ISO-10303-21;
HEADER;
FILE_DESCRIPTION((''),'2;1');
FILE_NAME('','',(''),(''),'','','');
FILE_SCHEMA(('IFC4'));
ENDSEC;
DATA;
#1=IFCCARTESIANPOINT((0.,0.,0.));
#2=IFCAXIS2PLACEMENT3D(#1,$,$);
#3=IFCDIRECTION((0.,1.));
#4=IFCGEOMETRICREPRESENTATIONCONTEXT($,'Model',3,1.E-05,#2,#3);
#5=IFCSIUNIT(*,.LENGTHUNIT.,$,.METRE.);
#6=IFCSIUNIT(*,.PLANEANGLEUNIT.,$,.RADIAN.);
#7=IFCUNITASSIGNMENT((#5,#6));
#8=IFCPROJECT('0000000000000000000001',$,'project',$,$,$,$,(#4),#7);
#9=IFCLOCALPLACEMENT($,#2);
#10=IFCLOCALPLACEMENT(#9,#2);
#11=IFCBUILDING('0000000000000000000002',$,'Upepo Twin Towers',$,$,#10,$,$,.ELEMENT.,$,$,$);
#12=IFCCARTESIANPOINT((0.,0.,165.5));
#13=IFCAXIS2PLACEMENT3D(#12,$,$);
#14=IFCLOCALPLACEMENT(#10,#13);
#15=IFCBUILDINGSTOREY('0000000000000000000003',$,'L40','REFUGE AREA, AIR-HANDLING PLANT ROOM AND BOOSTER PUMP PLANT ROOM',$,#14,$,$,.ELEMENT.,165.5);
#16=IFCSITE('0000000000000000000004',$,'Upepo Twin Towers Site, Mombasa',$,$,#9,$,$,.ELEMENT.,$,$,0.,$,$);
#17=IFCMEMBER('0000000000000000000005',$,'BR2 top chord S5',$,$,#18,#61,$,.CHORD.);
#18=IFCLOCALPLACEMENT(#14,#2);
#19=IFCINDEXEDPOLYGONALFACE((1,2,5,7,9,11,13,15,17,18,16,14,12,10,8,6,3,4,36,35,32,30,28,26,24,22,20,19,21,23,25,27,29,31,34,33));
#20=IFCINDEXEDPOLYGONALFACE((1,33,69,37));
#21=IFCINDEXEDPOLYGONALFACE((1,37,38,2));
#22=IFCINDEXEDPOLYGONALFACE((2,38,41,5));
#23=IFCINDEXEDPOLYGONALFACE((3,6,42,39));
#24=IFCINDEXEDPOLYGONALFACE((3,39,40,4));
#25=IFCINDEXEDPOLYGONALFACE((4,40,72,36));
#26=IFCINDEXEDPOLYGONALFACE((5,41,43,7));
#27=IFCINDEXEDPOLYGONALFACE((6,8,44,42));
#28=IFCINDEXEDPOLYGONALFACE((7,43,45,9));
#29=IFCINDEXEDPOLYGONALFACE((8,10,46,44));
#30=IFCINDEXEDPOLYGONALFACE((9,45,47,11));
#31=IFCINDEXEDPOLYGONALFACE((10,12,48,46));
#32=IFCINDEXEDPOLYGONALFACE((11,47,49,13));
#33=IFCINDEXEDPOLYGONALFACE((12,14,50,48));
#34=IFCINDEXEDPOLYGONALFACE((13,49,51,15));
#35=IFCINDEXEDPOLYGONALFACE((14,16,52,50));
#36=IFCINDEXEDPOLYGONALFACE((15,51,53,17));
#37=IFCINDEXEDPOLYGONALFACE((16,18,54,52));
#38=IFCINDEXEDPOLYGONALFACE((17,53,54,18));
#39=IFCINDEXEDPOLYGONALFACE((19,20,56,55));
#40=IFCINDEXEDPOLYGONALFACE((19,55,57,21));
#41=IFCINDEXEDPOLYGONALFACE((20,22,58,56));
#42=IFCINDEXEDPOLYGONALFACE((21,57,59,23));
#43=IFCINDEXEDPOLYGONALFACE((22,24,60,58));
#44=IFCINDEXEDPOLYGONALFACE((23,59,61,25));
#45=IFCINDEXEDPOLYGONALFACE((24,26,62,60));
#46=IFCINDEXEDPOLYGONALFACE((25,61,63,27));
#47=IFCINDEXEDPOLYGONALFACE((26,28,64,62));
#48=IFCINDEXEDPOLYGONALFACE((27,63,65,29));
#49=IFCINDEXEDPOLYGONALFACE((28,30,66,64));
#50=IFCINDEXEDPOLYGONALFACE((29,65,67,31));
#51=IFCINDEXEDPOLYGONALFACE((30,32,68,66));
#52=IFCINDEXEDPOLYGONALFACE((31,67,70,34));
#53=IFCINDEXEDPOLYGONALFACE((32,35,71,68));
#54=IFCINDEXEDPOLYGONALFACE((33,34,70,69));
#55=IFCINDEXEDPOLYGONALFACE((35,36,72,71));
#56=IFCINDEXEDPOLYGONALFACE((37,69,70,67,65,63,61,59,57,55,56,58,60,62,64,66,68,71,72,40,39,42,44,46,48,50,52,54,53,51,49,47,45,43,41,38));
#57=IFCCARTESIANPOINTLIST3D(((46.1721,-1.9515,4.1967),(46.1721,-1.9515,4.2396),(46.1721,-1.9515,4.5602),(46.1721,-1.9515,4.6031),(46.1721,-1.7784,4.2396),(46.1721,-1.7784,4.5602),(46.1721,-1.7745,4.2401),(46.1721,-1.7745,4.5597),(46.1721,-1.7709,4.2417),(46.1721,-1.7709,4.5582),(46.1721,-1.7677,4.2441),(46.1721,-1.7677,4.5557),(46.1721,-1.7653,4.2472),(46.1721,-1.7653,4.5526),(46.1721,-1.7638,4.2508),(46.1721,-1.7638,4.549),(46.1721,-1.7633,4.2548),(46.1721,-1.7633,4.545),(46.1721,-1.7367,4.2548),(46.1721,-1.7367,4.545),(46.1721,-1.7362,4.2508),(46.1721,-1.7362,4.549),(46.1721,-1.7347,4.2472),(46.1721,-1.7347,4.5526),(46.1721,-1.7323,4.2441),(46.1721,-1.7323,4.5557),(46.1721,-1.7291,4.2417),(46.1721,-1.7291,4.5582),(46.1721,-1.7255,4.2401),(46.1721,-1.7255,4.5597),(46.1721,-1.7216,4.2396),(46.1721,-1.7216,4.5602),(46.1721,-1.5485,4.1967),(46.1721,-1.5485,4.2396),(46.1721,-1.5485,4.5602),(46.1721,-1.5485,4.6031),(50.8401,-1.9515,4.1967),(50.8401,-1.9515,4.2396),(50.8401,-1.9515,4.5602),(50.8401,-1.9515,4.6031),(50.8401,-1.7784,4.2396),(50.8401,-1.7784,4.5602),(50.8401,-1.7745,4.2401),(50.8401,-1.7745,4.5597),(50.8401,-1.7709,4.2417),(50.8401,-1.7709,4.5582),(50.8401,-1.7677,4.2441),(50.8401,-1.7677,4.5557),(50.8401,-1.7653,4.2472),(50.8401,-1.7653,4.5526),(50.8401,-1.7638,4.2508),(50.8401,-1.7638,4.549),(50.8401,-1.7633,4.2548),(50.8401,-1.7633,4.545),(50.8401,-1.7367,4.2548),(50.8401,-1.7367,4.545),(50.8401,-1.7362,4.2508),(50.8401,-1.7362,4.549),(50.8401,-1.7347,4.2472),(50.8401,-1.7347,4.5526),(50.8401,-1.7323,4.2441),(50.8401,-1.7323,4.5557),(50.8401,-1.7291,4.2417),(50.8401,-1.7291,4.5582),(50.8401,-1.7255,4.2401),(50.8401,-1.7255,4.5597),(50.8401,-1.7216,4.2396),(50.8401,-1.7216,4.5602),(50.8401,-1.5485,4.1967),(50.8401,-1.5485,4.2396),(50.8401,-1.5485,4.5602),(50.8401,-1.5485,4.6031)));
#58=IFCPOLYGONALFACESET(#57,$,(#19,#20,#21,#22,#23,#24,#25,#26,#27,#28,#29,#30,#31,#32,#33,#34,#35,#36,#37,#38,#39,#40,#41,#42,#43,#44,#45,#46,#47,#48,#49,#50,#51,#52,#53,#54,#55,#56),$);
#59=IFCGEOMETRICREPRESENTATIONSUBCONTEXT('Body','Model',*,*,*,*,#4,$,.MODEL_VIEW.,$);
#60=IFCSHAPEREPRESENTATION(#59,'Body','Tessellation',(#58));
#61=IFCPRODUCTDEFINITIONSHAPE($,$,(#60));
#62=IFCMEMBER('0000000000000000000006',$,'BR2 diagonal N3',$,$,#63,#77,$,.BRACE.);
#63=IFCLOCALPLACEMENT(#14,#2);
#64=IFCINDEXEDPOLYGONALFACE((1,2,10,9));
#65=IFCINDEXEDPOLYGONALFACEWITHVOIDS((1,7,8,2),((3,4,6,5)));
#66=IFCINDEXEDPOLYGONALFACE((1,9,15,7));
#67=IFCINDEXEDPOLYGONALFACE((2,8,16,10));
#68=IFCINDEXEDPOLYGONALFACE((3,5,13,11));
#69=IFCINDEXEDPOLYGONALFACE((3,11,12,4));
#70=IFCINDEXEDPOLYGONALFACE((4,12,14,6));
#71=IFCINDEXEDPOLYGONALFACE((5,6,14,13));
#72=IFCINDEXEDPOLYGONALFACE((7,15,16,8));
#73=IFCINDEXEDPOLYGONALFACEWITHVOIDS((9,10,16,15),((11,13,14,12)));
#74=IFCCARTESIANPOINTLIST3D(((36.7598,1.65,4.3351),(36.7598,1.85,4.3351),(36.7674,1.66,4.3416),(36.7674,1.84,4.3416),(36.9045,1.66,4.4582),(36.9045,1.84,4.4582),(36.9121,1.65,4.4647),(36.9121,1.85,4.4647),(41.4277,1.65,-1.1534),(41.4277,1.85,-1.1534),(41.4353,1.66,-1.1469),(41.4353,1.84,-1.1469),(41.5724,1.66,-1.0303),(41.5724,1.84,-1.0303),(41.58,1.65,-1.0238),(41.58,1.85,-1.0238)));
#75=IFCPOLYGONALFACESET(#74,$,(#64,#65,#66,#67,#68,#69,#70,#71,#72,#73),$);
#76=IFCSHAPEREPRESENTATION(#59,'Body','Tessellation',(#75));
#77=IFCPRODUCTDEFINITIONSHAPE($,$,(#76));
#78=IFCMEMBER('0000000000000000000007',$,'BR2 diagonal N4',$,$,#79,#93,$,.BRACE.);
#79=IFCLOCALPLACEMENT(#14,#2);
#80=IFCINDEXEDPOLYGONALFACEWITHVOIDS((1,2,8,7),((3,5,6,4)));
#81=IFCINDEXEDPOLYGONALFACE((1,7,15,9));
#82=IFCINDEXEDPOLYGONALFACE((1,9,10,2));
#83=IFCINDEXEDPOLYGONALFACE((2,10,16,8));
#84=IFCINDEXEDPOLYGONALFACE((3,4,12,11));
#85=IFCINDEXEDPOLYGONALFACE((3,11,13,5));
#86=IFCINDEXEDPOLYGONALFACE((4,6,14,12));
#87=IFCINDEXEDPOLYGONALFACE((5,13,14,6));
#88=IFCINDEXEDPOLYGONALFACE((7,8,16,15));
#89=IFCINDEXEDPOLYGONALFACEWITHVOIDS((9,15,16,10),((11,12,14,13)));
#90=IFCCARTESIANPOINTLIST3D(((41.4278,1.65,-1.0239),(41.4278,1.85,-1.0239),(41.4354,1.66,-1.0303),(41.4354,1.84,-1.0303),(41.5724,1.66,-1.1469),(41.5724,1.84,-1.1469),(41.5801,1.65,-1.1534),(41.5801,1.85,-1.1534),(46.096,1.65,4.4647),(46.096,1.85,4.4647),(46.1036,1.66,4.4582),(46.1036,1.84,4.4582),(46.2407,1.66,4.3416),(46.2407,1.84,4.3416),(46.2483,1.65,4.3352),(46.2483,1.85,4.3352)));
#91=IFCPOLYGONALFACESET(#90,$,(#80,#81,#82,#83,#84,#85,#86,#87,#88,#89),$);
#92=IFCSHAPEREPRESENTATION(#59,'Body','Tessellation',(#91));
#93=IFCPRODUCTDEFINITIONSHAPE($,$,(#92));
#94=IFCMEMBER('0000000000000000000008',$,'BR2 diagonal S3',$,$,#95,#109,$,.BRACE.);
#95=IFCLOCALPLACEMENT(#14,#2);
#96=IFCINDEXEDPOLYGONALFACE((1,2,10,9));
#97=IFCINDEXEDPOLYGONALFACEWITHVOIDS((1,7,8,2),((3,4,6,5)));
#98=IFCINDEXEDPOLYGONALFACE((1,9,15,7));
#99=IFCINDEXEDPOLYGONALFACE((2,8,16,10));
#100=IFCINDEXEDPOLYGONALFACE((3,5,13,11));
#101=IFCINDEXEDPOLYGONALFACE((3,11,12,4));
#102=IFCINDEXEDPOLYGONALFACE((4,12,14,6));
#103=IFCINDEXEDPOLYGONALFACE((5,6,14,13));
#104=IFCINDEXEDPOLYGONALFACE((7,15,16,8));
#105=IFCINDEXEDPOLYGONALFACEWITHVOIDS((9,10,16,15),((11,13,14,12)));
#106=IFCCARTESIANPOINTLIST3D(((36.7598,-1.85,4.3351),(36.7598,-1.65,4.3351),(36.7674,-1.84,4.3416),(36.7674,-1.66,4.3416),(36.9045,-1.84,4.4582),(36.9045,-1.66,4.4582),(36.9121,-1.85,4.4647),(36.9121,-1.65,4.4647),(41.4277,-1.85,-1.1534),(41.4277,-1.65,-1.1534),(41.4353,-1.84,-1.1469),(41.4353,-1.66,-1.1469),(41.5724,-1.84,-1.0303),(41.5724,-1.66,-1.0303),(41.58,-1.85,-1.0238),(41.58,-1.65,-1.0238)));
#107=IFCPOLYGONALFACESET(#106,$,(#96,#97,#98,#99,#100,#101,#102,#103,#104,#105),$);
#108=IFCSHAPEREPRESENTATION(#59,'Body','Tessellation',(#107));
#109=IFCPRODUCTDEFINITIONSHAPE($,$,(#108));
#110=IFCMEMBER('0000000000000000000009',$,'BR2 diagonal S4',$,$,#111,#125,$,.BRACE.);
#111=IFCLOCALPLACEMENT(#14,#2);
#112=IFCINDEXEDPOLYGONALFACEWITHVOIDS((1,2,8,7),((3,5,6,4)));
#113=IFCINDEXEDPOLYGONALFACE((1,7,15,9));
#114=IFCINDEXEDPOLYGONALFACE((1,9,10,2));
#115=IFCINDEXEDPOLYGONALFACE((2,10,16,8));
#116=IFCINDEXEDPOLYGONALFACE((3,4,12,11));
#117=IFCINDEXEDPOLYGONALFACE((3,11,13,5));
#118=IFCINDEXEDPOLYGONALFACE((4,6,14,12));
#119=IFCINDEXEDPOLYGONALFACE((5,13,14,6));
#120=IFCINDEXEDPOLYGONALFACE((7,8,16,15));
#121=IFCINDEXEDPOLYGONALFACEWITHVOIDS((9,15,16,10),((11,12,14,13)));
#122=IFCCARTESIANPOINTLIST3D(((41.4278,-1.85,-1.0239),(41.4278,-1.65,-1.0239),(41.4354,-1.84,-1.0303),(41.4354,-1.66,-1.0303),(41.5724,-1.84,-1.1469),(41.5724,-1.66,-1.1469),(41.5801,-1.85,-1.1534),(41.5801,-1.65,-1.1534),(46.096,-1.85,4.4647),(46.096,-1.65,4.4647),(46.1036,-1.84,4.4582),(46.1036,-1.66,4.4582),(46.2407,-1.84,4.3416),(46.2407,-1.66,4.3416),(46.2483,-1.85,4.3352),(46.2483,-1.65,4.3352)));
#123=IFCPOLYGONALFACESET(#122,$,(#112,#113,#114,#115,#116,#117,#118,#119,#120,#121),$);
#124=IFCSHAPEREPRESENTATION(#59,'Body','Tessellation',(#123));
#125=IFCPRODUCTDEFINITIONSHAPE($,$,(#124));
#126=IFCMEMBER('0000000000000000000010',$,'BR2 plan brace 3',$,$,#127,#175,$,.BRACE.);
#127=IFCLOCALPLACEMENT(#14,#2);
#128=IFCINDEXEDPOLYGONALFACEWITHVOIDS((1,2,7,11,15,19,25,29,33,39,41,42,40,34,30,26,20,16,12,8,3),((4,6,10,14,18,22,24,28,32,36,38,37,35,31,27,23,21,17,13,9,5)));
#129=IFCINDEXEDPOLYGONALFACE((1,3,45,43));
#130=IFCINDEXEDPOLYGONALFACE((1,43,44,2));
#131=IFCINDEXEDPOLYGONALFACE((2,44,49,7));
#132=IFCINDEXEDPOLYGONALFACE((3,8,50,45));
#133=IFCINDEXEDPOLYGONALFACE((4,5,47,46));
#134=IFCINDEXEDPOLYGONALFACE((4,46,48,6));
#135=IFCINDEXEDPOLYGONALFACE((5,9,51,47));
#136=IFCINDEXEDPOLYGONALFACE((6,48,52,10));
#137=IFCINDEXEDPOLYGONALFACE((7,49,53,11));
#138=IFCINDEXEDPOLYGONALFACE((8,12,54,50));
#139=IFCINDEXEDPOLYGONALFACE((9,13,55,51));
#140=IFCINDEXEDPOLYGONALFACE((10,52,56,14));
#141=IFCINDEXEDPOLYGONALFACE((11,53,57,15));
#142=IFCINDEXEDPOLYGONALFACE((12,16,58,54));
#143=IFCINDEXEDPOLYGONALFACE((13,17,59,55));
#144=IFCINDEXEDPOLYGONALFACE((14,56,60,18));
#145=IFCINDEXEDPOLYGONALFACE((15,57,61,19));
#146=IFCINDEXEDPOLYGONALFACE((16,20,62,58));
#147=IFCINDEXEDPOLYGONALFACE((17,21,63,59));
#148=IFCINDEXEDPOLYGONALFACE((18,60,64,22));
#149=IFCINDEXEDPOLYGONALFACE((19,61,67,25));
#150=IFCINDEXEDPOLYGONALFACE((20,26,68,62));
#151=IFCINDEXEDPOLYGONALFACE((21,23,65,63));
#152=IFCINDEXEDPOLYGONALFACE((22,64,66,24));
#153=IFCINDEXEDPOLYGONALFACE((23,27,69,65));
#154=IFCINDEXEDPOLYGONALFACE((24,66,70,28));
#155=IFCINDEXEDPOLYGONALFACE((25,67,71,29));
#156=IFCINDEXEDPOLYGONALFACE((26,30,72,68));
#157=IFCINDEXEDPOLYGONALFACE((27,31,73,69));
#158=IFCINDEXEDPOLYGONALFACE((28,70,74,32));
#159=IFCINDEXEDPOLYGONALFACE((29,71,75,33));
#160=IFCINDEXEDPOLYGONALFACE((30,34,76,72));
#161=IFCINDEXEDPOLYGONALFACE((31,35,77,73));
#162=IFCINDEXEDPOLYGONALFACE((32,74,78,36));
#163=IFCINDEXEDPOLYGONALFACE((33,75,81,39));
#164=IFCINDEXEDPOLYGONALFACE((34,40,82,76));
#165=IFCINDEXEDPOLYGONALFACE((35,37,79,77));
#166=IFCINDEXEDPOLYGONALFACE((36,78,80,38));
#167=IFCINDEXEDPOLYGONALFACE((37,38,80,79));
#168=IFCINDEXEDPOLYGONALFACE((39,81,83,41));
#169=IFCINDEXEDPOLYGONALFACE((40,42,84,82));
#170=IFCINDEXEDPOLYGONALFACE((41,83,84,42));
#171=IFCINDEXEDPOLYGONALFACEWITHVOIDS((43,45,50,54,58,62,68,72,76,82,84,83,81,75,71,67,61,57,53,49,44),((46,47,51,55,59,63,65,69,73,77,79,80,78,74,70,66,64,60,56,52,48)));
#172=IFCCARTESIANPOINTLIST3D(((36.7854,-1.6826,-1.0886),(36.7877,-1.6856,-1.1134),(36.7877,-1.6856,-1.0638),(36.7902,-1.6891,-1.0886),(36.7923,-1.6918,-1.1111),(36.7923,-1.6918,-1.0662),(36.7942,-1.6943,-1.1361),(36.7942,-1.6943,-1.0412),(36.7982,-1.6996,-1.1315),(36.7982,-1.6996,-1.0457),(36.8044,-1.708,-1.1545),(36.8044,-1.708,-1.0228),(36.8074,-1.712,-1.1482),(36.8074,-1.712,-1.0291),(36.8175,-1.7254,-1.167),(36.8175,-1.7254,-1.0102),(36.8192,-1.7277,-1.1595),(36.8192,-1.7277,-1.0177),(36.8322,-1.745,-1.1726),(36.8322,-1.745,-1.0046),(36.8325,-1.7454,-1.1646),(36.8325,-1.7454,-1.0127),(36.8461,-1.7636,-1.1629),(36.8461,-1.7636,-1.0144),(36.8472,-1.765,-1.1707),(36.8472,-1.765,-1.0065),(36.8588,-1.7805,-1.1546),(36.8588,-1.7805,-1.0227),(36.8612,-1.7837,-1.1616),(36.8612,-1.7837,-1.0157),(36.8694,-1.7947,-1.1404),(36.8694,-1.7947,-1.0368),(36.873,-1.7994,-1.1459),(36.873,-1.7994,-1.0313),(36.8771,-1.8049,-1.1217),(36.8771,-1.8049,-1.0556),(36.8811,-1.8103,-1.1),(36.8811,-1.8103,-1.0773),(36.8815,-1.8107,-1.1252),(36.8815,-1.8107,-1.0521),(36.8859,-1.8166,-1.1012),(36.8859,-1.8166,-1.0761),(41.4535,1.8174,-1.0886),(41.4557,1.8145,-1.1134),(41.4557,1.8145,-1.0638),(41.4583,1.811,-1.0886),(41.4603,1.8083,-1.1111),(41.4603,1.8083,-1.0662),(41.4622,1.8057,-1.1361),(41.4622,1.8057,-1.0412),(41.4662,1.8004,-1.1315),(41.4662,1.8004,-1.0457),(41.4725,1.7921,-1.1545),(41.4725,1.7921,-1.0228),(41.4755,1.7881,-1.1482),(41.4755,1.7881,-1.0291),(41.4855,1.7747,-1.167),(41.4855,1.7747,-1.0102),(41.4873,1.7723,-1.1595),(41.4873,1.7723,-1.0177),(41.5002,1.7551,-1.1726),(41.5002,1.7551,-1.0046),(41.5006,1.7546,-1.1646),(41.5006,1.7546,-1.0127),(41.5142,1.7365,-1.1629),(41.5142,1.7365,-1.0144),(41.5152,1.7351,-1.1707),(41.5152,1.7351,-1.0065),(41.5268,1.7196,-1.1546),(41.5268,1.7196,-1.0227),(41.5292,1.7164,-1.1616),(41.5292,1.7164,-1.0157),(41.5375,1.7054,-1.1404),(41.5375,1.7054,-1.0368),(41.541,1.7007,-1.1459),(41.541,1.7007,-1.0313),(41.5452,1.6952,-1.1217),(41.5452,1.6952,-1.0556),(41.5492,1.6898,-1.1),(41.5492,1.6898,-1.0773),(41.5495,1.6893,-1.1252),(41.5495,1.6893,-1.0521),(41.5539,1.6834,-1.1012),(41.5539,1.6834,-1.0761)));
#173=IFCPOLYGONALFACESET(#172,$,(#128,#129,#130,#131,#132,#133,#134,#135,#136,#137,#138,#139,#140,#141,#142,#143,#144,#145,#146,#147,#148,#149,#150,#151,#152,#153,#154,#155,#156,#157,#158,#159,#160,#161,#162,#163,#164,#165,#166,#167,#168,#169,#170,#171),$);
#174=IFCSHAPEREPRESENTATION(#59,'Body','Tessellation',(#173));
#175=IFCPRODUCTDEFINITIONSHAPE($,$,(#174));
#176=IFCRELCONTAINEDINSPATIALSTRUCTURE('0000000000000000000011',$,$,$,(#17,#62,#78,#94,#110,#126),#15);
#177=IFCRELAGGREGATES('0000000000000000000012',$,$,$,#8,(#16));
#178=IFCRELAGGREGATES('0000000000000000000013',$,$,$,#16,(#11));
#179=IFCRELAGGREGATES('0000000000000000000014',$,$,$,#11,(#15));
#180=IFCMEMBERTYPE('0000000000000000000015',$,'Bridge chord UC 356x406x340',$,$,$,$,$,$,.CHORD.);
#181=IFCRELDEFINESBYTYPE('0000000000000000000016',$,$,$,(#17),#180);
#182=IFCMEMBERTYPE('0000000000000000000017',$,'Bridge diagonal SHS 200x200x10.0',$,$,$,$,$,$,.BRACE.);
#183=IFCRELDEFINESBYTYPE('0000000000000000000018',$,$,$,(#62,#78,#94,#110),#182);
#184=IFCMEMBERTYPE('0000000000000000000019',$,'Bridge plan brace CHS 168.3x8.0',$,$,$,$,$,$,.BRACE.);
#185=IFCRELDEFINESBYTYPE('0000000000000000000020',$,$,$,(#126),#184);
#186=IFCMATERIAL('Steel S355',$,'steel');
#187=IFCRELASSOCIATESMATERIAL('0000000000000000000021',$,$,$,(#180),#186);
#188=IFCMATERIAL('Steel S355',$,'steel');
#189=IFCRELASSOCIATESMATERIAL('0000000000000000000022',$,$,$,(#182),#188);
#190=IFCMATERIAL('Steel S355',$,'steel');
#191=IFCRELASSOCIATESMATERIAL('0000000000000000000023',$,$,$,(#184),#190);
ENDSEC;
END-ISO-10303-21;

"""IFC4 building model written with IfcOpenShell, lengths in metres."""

from ifc_helpers import new_model, si_unit, direction, frame, origin, origin_2d, place, context, subcontext, project, spatial, hollow_rectangle, hollow_circle, i_section, extrude, material, material_profile, profile_set, type_object, element, save


model = new_model("IFC4")

# Units and contexts
model_context = context("Model", 3, precision=1e-05, world=origin(), true_north=direction((0.0, 1.0)))
body_context = subcontext(model_context, "Body", "Model", "MODEL_VIEW")
ifc_project = project(units=[si_unit("LENGTHUNIT", "METRE"), si_unit("PLANEANGLEUNIT", "RADIAN")], contexts=[model_context])

# Site, building, storey
site_placement = place(None, origin())
site = spatial("IfcSite", under=ifc_project, at=site_placement, Name="Upepo Twin Towers Site, Mombasa", CompositionType="ELEMENT", RefElevation=0.0)
building_placement = place(site_placement, origin())
building = spatial("IfcBuilding", under=site, at=building_placement, Name="Upepo Twin Towers", CompositionType="ELEMENT")
storey_placement = place(building_placement, frame((0.0, 0.0, 165.5)))
storey = spatial("IfcBuildingStorey", under=building, at=storey_placement, Name="L40", Description="REFUGE AREA, AIR-HANDLING PLANT ROOM AND BOOSTER PUMP PLANT ROOM", CompositionType="ELEMENT", Elevation=165.5)

# Members
ifc_material_1 = material(Name="Steel S355", Category="steel")
ifc_material_profile_1 = material_profile(ifc_material_1, i_section(OverallWidth=0.4031, OverallDepth=0.4065, WebThickness=0.0266, FlangeThickness=0.043, FilletRadius=0.0151, at=origin_2d()), Name="UC 356x406x340")
ifc_profile_set_1 = profile_set([ifc_material_profile_1], Name="Steel S355")
member_type_1 = type_object("IfcMemberType", Name="Bridge chord UC 356x406x340", PredefinedType="CHORD", material=ifc_profile_set_1)
member_1_placement = place(storey_placement, frame((46.1721, -1.75, 4.3999), z_axis=(1.0, 0.0, 0.0), x_axis=(0.0, 1.0, 0.0)))
element("IfcMember", 1, at=member_1_placement, inside=storey, type_object=member_type_1, Name="BR2 top chord S5", PredefinedType="CHORD", context=body_context, shape_type="SweptSolid", body=[
    extrude(i_section(OverallWidth=0.4031, OverallDepth=0.4065, WebThickness=0.0266, FlangeThickness=0.043, FilletRadius=0.0151, at=origin_2d()), origin(), (0.0, 0.0, 1.0), 4.668),
])
ifc_material_2 = material(Name="Steel S355", Category="steel")
ifc_material_profile_2 = material_profile(ifc_material_2, hollow_rectangle(XDim=0.2, YDim=0.2, WallThickness=0.01, at=origin_2d()), Name="SHS 200x200x10.0")
ifc_profile_set_2 = profile_set([ifc_material_profile_2], Name="Steel S355")
member_type_2 = type_object("IfcMemberType", Name="Bridge diagonal SHS 200x200x10.0", PredefinedType="BRACE", material=ifc_profile_set_2)
member_2_placement = place(storey_placement, frame((36.8359, 1.75, 4.3999), z_axis=(0.647868, 0.0, -0.761753), x_axis=(0.0, 1.0, 0.0)))
element("IfcMember", 2, at=member_2_placement, inside=storey, type_object=member_type_2, Name="BR2 diagonal N3", PredefinedType="BRACE", context=body_context, shape_type="SweptSolid", body=[
    extrude(hollow_rectangle(XDim=0.2, YDim=0.2, WallThickness=0.01, at=origin_2d()), origin(), (0.0, 0.0, 1.0), 7.2051),
])
member_3_placement = place(storey_placement, frame((41.5039, 1.75, -1.0886), z_axis=(0.647887, 0.0, 0.761736), x_axis=(0.0, 1.0, 0.0)))
element("IfcMember", 3, at=member_3_placement, inside=storey, type_object=member_type_2, Name="BR2 diagonal N4", PredefinedType="BRACE", context=body_context, shape_type="SweptSolid", body=[
    extrude(hollow_rectangle(XDim=0.2, YDim=0.2, WallThickness=0.01, at=origin_2d()), origin(), (0.0, 0.0, 1.0), 7.2053),
])
member_4_placement = place(storey_placement, frame((36.8359, -1.75, 4.3999), z_axis=(0.647868, 0.0, -0.761753), x_axis=(0.0, 1.0, 0.0)))
element("IfcMember", 4, at=member_4_placement, inside=storey, type_object=member_type_2, Name="BR2 diagonal S3", PredefinedType="BRACE", context=body_context, shape_type="SweptSolid", body=[
    extrude(hollow_rectangle(XDim=0.2, YDim=0.2, WallThickness=0.01, at=origin_2d()), origin(), (0.0, 0.0, 1.0), 7.2051),
])
member_5_placement = place(storey_placement, frame((41.5039, -1.75, -1.0886), z_axis=(0.647887, 0.0, 0.761736), x_axis=(0.0, 1.0, 0.0)))
element("IfcMember", 5, at=member_5_placement, inside=storey, type_object=member_type_2, Name="BR2 diagonal S4", PredefinedType="BRACE", context=body_context, shape_type="SweptSolid", body=[
    extrude(hollow_rectangle(XDim=0.2, YDim=0.2, WallThickness=0.01, at=origin_2d()), origin(), (0.0, 0.0, 1.0), 7.2053),
])
ifc_material_3 = material(Name="Steel S355", Category="steel")
ifc_material_profile_3 = material_profile(ifc_material_3, hollow_circle(Radius=0.0842, WallThickness=0.0081, at=origin_2d()), Name="CHS 168.3x8.0")
ifc_profile_set_3 = profile_set([ifc_material_profile_3], Name="Steel S355")
member_type_3 = type_object("IfcMemberType", Name="Bridge plan brace CHS 168.3x8.0", PredefinedType="BRACE", material=ifc_profile_set_3)
for number, where, z_axis, x_axis, name in (
    (6, (36.8359, -1.75, -1.0886), (0.80008, 0.599893, 0.0), (-0.599893, 0.80008, 0.0), "BR2 plan brace 3"),
):
    element("IfcMember", number, at=place(storey_placement, frame(where, z_axis=z_axis, x_axis=x_axis)), inside=storey, type_object=member_type_3, Name=name, PredefinedType="BRACE", context=body_context, shape_type="SweptSolid", body=[
        extrude(hollow_circle(Radius=0.0842, WallThickness=0.0081, at=origin_2d()), origin(), (0.0, 0.0, 1.0), 5.8345),
    ])

save(model, "model.ifc")
